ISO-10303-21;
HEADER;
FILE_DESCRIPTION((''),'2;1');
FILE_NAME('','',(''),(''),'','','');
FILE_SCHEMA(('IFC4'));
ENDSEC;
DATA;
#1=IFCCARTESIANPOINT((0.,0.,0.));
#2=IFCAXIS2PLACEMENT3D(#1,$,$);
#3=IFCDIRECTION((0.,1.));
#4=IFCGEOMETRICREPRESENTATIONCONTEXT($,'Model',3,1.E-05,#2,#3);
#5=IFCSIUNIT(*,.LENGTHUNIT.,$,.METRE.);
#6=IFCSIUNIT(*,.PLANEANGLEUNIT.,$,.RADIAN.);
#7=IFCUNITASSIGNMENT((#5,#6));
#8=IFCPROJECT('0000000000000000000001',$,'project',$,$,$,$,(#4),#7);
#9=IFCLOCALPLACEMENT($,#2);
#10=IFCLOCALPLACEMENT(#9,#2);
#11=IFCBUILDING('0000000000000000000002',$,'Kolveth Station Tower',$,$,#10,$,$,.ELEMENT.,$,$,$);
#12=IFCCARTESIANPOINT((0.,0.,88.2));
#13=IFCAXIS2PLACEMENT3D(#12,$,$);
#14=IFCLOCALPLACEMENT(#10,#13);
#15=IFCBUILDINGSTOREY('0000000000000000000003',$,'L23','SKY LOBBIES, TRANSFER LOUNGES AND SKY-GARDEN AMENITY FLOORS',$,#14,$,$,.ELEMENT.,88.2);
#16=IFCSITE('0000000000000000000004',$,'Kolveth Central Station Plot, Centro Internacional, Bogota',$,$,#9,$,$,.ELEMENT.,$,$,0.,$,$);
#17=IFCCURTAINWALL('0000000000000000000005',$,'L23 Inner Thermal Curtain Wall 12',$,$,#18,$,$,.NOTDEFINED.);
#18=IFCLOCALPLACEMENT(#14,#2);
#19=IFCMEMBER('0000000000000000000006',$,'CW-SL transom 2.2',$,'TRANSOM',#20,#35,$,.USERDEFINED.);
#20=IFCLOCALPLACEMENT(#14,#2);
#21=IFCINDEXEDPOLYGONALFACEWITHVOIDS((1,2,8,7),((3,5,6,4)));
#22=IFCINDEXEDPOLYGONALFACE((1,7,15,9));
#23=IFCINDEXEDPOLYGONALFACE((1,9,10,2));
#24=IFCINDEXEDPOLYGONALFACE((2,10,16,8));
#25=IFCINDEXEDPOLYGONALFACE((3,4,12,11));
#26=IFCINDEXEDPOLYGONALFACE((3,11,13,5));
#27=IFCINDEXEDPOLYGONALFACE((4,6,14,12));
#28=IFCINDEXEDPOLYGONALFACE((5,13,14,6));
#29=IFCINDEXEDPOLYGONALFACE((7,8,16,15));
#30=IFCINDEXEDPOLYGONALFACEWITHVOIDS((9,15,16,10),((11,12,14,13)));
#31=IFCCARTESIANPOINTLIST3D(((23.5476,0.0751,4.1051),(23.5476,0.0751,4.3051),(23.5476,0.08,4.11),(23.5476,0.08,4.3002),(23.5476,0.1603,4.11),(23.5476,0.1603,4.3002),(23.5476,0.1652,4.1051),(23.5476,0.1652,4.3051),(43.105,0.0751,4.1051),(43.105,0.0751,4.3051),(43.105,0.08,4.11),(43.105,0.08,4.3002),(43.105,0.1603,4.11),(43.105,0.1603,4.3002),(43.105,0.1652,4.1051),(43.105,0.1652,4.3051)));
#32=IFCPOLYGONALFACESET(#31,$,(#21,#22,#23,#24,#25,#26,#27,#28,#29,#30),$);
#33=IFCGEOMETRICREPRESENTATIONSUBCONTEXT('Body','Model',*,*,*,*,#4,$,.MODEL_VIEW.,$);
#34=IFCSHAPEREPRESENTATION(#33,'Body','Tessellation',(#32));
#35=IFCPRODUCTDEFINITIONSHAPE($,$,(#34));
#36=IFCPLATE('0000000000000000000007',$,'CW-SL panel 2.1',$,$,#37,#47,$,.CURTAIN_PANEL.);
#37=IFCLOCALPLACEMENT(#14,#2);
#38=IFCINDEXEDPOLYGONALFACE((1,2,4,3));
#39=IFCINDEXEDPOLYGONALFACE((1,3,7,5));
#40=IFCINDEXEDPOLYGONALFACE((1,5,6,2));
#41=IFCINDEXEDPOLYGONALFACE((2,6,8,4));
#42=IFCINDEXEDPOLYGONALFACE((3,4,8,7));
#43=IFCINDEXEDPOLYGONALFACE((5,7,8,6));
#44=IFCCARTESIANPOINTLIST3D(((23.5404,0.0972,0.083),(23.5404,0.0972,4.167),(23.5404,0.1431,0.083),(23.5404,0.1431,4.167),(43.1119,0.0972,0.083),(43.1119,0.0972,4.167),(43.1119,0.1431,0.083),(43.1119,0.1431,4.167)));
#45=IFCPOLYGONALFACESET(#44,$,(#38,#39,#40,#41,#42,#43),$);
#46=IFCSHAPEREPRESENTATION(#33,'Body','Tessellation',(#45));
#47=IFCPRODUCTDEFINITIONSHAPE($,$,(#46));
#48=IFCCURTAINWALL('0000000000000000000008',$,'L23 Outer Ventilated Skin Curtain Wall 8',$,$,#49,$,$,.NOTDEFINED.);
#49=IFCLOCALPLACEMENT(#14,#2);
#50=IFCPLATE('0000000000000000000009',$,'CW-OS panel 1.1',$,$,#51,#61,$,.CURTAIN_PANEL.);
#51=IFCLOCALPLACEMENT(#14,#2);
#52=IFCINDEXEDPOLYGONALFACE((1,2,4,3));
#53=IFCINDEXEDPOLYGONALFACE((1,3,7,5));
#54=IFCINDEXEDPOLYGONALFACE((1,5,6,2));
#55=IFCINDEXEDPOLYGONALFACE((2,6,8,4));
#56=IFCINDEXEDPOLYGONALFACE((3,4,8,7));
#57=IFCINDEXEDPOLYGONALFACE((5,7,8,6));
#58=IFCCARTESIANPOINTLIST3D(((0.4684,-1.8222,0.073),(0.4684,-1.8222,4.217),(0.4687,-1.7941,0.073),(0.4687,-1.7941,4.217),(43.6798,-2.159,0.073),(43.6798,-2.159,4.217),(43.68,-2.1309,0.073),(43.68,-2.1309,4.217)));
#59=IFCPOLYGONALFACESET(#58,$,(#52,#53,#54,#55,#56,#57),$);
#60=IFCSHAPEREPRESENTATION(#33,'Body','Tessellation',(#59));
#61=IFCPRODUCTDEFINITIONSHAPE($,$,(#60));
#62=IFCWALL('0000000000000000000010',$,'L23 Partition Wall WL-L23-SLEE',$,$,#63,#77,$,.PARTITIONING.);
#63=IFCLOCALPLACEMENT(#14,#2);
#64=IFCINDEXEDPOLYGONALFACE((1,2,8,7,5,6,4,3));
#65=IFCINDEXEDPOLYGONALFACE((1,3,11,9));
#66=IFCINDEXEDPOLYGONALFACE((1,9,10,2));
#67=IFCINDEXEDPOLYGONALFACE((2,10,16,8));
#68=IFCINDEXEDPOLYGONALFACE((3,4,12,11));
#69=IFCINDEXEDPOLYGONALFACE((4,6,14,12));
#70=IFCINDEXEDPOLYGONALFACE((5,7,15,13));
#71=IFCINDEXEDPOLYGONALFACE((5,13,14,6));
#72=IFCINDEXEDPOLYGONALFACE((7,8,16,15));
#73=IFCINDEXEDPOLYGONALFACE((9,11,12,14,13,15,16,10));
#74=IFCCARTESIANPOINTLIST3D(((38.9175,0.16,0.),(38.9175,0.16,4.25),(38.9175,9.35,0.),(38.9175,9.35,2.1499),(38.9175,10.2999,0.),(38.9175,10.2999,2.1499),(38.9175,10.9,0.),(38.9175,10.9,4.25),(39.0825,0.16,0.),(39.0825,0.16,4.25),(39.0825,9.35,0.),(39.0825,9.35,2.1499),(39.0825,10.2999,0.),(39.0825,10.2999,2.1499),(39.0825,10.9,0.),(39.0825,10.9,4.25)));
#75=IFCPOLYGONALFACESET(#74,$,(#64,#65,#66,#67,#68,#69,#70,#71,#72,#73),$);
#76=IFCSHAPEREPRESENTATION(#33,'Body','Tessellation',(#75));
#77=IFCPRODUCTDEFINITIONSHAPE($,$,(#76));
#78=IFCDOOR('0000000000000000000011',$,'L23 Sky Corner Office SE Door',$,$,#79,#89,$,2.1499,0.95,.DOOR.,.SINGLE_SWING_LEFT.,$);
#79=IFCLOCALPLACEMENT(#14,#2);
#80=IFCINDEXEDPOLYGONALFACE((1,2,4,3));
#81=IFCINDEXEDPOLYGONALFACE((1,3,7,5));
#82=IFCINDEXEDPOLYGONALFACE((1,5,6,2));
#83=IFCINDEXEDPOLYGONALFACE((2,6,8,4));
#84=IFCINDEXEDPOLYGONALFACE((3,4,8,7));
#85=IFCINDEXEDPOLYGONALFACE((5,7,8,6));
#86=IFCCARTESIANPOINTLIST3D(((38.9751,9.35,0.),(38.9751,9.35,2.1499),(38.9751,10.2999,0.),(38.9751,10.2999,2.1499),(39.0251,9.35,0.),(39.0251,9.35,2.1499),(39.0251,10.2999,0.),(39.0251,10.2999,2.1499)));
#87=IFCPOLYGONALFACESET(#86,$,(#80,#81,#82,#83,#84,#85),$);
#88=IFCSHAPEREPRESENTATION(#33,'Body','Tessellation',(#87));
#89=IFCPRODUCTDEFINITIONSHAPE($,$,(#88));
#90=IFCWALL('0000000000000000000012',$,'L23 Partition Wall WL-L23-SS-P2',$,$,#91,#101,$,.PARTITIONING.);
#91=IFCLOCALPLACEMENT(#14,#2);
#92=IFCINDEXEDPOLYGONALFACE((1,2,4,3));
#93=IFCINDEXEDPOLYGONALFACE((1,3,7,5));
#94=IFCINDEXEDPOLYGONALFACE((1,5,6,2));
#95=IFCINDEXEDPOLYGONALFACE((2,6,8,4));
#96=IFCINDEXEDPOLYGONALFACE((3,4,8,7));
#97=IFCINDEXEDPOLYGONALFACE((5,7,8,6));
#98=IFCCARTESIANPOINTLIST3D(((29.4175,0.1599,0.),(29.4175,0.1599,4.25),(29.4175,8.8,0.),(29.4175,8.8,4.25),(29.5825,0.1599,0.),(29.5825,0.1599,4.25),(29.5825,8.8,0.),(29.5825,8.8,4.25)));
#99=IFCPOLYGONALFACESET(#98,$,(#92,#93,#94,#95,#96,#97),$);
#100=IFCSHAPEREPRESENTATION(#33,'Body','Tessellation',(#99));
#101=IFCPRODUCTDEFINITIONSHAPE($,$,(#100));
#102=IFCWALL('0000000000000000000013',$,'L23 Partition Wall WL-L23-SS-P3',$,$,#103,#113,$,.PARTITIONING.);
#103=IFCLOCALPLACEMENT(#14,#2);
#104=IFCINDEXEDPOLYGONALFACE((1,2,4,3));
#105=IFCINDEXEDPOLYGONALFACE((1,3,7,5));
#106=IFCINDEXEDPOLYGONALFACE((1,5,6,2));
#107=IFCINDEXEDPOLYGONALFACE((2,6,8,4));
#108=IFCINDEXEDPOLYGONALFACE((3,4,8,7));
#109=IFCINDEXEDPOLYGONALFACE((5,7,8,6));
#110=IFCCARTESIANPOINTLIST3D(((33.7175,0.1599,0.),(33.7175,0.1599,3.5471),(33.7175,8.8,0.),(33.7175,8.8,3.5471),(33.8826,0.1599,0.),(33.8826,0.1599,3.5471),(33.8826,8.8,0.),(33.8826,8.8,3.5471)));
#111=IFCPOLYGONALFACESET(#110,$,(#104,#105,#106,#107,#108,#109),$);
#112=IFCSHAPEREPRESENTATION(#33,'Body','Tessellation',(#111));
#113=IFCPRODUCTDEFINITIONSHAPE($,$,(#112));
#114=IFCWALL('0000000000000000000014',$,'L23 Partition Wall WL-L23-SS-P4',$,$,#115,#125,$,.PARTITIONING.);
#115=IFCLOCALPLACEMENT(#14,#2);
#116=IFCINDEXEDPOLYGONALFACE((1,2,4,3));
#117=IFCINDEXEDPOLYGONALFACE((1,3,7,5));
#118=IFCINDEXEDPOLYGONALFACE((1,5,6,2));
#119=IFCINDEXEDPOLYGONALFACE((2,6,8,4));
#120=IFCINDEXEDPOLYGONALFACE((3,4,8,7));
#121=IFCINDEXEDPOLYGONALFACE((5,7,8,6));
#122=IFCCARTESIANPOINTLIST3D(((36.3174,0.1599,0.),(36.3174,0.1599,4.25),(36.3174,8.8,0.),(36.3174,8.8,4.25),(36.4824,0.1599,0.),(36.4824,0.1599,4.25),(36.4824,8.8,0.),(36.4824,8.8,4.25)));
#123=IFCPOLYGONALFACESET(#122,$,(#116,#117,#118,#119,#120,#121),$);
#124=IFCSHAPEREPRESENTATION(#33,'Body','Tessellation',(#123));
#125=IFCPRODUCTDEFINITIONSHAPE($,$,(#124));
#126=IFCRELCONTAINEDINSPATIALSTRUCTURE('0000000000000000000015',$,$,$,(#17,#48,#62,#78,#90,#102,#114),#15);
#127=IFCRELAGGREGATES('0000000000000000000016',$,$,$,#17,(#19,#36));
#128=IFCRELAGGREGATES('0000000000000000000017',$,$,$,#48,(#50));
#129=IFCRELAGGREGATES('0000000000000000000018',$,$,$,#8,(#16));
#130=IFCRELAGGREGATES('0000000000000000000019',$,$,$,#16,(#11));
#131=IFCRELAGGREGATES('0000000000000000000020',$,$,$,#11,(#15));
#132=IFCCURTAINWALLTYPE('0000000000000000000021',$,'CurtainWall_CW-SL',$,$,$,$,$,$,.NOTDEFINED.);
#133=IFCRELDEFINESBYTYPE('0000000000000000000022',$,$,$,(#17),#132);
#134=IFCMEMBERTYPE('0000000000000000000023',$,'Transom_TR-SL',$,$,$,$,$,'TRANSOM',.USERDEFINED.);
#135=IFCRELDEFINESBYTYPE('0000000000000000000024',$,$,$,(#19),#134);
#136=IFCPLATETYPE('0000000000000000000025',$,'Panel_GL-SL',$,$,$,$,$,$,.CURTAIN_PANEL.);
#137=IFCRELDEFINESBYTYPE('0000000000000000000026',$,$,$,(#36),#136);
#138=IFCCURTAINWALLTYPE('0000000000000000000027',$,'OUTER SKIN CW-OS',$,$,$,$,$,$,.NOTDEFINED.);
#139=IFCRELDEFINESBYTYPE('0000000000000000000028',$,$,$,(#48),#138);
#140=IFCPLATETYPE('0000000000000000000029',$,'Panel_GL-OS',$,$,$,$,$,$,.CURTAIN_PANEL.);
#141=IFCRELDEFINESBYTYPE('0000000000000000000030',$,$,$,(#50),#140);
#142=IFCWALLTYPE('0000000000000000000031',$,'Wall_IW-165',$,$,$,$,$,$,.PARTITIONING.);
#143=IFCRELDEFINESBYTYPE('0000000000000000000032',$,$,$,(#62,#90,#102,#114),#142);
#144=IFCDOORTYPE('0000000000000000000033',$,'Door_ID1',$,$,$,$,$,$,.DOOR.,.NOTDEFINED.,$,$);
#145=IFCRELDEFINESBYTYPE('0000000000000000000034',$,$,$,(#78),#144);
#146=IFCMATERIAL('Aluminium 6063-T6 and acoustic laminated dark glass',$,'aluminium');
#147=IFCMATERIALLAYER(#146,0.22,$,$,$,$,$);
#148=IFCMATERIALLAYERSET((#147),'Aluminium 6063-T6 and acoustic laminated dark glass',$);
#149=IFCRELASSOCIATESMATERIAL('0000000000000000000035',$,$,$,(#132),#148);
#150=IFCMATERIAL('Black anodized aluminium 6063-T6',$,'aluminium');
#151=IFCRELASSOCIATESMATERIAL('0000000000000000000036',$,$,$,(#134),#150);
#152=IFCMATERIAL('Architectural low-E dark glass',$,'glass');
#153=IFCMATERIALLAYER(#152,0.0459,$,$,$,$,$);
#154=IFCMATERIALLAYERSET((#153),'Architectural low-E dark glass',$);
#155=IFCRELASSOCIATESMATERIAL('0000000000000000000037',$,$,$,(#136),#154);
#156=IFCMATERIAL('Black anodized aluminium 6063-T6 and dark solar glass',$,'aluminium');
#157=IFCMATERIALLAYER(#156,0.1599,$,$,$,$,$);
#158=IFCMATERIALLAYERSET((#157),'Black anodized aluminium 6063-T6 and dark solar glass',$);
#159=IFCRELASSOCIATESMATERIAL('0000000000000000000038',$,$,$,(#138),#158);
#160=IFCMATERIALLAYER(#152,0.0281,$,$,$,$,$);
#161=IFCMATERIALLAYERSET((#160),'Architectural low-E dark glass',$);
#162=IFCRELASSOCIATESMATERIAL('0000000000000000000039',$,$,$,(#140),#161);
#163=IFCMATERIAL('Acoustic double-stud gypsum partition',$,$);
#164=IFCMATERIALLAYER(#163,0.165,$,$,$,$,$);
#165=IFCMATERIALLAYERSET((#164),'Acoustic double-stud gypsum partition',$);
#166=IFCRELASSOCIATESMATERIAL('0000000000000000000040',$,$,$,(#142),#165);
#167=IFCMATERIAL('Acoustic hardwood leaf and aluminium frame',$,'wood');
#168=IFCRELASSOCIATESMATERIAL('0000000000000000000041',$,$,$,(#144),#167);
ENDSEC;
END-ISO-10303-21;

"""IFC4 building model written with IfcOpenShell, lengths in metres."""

from ifc_helpers import new_model, si_unit, direction, frame, frame_2d, origin, origin_2d, place, context, subcontext, project, spatial, rectangle, hollow_rectangle, extrude, source, transform, mapped, material, layer, layer_set, material_profile, profile_set, type_object, element, fill, aggregate, save


model = new_model("IFC4")

# Units and contexts
model_context = context("Model", 3, precision=1e-05, world=origin(), true_north=direction((0.0, 1.0)))
body_context = subcontext(model_context, "Body", "Model", "MODEL_VIEW")
ifc_project = project(units=[si_unit("LENGTHUNIT", "METRE"), si_unit("PLANEANGLEUNIT", "RADIAN")], contexts=[model_context])

# Site, building, storey
site_placement = place(None, origin())
site = spatial("IfcSite", under=ifc_project, at=site_placement, Name="Kolveth Central Station Plot, Centro Internacional, Bogota", CompositionType="ELEMENT", RefElevation=0.0)
building_placement = place(site_placement, origin())
building = spatial("IfcBuilding", under=site, at=building_placement, Name="Kolveth Station Tower", CompositionType="ELEMENT")
storey_placement = place(building_placement, frame((0.0, 0.0, 88.2)))
storey = spatial("IfcBuildingStorey", under=building, at=storey_placement, Name="L23", Description="SKY LOBBIES, TRANSFER LOUNGES AND SKY-GARDEN AMENITY FLOORS", CompositionType="ELEMENT", Elevation=88.2)

# Curtain wall, member, plate
ifc_material_1 = material(Name="Aluminium 6063-T6 and acoustic laminated dark glass", Category="aluminium")
ifc_layer_1 = layer(ifc_material_1, 0.22)
ifc_layer_set_1 = layer_set([ifc_layer_1], Name="Aluminium 6063-T6 and acoustic laminated dark glass")
curtain_wall_type_1 = type_object("IfcCurtainWallType", Name="CurtainWall_CW-SL", PredefinedType="NOTDEFINED", material=ifc_layer_set_1)
curtain_wall_1_placement = place(storey_placement, origin())
curtain_wall_1 = element("IfcCurtainWall", 1, at=curtain_wall_1_placement, inside=storey, type_object=curtain_wall_type_1, Name="L23 Inner Thermal Curtain Wall 12", PredefinedType="NOTDEFINED")
ifc_material_2 = material(Name="Black anodized aluminium 6063-T6", Category="aluminium")
ifc_material_profile_1 = material_profile(ifc_material_2, hollow_rectangle(XDim=0.0901, YDim=0.2, WallThickness=0.0049, at=origin_2d()), Name="ALU-90x200x5")
ifc_profile_set_1 = profile_set([ifc_material_profile_1], Name="Black anodized aluminium 6063-T6")
member_type_1 = type_object("IfcMemberType", Name="Transom_TR-SL", ElementType="TRANSOM", PredefinedType="USERDEFINED", material=ifc_profile_set_1)
shared_shape_1 = source(origin(), body_context, "Body", "SweptSolid", [
    extrude(hollow_rectangle(XDim=0.0901, YDim=0.2, WallThickness=0.0049, at=origin_2d()), origin(), (0.0, 0.0, 1.0), 19.5574),
])
member_1_placement = place(storey_placement, frame((23.5476, 0.1201, 4.2051), z_axis=(1.0, 0.0, 0.0), x_axis=(0.0, 1.0, 0.0)))
member_1 = element("IfcMember", 2, at=member_1_placement, type_object=member_type_1, Name="CW-SL transom 2.2", ObjectType="TRANSOM", PredefinedType="USERDEFINED", context=body_context, shape_type="MappedRepresentation", body=[
    mapped(shared_shape_1, transform((0.0, 0.0, 0.0), x_axis=(1.0, 0.0, 0.0), y_axis=(0.0, 1.0, 0.0), z_axis=(0.0, 0.0, 1.0), scale=1.0)),
])
ifc_material_3 = material(Name="Architectural low-E dark glass", Category="glass")
ifc_layer_2 = layer(ifc_material_3, 0.0459)
ifc_layer_set_2 = layer_set([ifc_layer_2], Name="Architectural low-E dark glass")
plate_type_1 = type_object("IfcPlateType", Name="Panel_GL-SL", PredefinedType="CURTAIN_PANEL", material=ifc_layer_set_2)
shared_shape_2 = source(origin(), body_context, "Body", "SweptSolid", [
    extrude(rectangle(XDim=19.5715, YDim=0.0459, at=origin_2d()), origin(), (0.0, 0.0, 1.0), 4.084),
])
plate_1_placement = place(storey_placement, frame((33.3262, 0.1201, 0.083), z_axis=(0.0, 0.0, 1.0), x_axis=(1.0, 0.0, 0.0)))
plate_1 = element("IfcPlate", 3, at=plate_1_placement, type_object=plate_type_1, Name="CW-SL panel 2.1", PredefinedType="CURTAIN_PANEL", context=body_context, shape_type="MappedRepresentation", body=[
    mapped(shared_shape_2, transform((0.0, 0.0, 0.0), x_axis=(1.0, 0.0, 0.0), y_axis=(0.0, 1.0, 0.0), z_axis=(0.0, 0.0, 1.0), scale=1.0)),
])
aggregate(curtain_wall_1, [member_1, plate_1])

# Curtain wall, plate
ifc_material_4 = material(Name="Black anodized aluminium 6063-T6 and dark solar glass", Category="aluminium")
ifc_layer_3 = layer(ifc_material_4, 0.1599)
ifc_layer_set_3 = layer_set([ifc_layer_3], Name="Black anodized aluminium 6063-T6 and dark solar glass")
curtain_wall_type_2 = type_object("IfcCurtainWallType", Name="OUTER SKIN CW-OS", PredefinedType="NOTDEFINED", material=ifc_layer_set_3)
curtain_wall_2_placement = place(storey_placement, origin())
curtain_wall_2 = element("IfcCurtainWall", 4, at=curtain_wall_2_placement, inside=storey, type_object=curtain_wall_type_2, Name="L23 Outer Ventilated Skin Curtain Wall 8", PredefinedType="NOTDEFINED")
ifc_layer_4 = layer(ifc_material_3, 0.0281)
ifc_layer_set_4 = layer_set([ifc_layer_4], Name="Architectural low-E dark glass")
plate_type_2 = type_object("IfcPlateType", Name="Panel_GL-OS", PredefinedType="CURTAIN_PANEL", material=ifc_layer_set_4)
shared_shape_3 = source(origin(), body_context, "Body", "SweptSolid", [
    extrude(rectangle(XDim=43.2126, YDim=0.0281, at=origin_2d()), origin(), (0.0, 0.0, 1.0), 4.144),
])
plate_2_placement = place(storey_placement, frame((22.0742, -1.9766, 0.073), z_axis=(0.0, 0.0, 1.0), x_axis=(0.99997, -0.007794, 0.0)))
plate_2 = element("IfcPlate", 5, at=plate_2_placement, type_object=plate_type_2, Name="CW-OS panel 1.1", PredefinedType="CURTAIN_PANEL", context=body_context, shape_type="MappedRepresentation", body=[
    mapped(shared_shape_3, transform((0.0, 0.0, 0.0), x_axis=(1.0, 0.0, 0.0), y_axis=(0.0, 1.0, 0.0), z_axis=(0.0, 0.0, 1.0), scale=1.0)),
])
aggregate(curtain_wall_2, [plate_2])

# Wall, opening, door
ifc_material_5 = material(Name="Acoustic double-stud gypsum partition")
ifc_layer_5 = layer(ifc_material_5, 0.165)
ifc_layer_set_5 = layer_set([ifc_layer_5], Name="Acoustic double-stud gypsum partition")
wall_type = type_object("IfcWallType", Name="Wall_IW-165", PredefinedType="PARTITIONING", material=ifc_layer_set_5)
wall_1_placement = place(storey_placement, frame((39.0, 0.1599, 0.0), z_axis=(0.0, 0.0, 1.0), x_axis=(0.0, 1.0, 0.0)))
wall_1 = element("IfcWall", 6, at=wall_1_placement, inside=storey, type_object=wall_type, Name="L23 Partition Wall WL-L23-SLEE", PredefinedType="PARTITIONING", context=body_context, shape_type="SweptSolid", body=[
    extrude(rectangle(XDim=10.74, YDim=0.165, at=frame_2d((5.3701, 0.0))), origin(), (0.0, 0.0, 1.0), 4.25),
])
opening_placement = place(wall_1_placement, frame((9.1899, 0.0, 0.0)))
opening = element("IfcOpeningElement", 7, at=opening_placement, cuts=wall_1, PredefinedType="OPENING", context=body_context, shape_type="SweptSolid", body=[
    extrude(rectangle(XDim=0.95, YDim=2.1499, at=frame_2d((0.4751, 1.075))), frame((0.0, 0.0925, 0.0), z_axis=(0.0, -1.0, 0.0), x_axis=(1.0, 0.0, 0.0)), (0.0, 0.0, 1.0), 0.1851),
])
ifc_material_6 = material(Name="Acoustic hardwood leaf and aluminium frame", Category="wood")
door_type = type_object("IfcDoorType", Name="Door_ID1", OperationType="NOTDEFINED", PredefinedType="DOOR", material=ifc_material_6)
door_placement = place(opening_placement, origin())
door = element("IfcDoor", 8, at=door_placement, inside=storey, type_object=door_type, Name="L23 Sky Corner Office SE Door", OperationType="SINGLE_SWING_LEFT", OverallHeight=2.1499, OverallWidth=0.95, PredefinedType="DOOR", context=body_context, shape_type="SweptSolid", body=[
    extrude(rectangle(XDim=0.95, YDim=2.1499, at=frame_2d((0.4751, 1.075))), frame((0.0, 0.0249, 0.0), z_axis=(0.0, -1.0, 0.0), x_axis=(1.0, 0.0, 0.0)), (0.0, 0.0, 1.0), 0.05),
])
fill(opening, door)

# Walls
wall_2_placement = place(storey_placement, frame((29.5, 0.1599, 0.0), z_axis=(0.0, 0.0, 1.0), x_axis=(0.0, 1.0, 0.0)))
element("IfcWall", 9, at=wall_2_placement, inside=storey, type_object=wall_type, Name="L23 Partition Wall WL-L23-SS-P2", PredefinedType="PARTITIONING", context=body_context, shape_type="SweptSolid", body=[
    extrude(rectangle(XDim=8.6401, YDim=0.165, at=frame_2d((4.3201, 0.0))), origin(), (0.0, 0.0, 1.0), 4.25),
])
wall_3_placement = place(storey_placement, frame((33.8, 0.1599, 0.0), z_axis=(0.0, 0.0, 1.0), x_axis=(0.0, 1.0, 0.0)))
element("IfcWall", 10, at=wall_3_placement, inside=storey, type_object=wall_type, Name="L23 Partition Wall WL-L23-SS-P3", PredefinedType="PARTITIONING", context=body_context, shape_type="SweptSolid", body=[
    extrude(rectangle(XDim=8.6401, YDim=0.165, at=frame_2d((4.3201, 0.0))), origin(), (0.0, 0.0, 1.0), 3.5471),
])
wall_4_placement = place(storey_placement, frame((36.3999, 0.1599, 0.0), z_axis=(0.0, 0.0, 1.0), x_axis=(0.0, 1.0, 0.0)))
element("IfcWall", 11, at=wall_4_placement, inside=storey, type_object=wall_type, Name="L23 Partition Wall WL-L23-SS-P4", PredefinedType="PARTITIONING", context=body_context, shape_type="SweptSolid", body=[
    extrude(rectangle(XDim=8.6401, YDim=0.165, at=frame_2d((4.3201, 0.0))), origin(), (0.0, 0.0, 1.0), 4.25),
])

save(model, "model.ifc")
